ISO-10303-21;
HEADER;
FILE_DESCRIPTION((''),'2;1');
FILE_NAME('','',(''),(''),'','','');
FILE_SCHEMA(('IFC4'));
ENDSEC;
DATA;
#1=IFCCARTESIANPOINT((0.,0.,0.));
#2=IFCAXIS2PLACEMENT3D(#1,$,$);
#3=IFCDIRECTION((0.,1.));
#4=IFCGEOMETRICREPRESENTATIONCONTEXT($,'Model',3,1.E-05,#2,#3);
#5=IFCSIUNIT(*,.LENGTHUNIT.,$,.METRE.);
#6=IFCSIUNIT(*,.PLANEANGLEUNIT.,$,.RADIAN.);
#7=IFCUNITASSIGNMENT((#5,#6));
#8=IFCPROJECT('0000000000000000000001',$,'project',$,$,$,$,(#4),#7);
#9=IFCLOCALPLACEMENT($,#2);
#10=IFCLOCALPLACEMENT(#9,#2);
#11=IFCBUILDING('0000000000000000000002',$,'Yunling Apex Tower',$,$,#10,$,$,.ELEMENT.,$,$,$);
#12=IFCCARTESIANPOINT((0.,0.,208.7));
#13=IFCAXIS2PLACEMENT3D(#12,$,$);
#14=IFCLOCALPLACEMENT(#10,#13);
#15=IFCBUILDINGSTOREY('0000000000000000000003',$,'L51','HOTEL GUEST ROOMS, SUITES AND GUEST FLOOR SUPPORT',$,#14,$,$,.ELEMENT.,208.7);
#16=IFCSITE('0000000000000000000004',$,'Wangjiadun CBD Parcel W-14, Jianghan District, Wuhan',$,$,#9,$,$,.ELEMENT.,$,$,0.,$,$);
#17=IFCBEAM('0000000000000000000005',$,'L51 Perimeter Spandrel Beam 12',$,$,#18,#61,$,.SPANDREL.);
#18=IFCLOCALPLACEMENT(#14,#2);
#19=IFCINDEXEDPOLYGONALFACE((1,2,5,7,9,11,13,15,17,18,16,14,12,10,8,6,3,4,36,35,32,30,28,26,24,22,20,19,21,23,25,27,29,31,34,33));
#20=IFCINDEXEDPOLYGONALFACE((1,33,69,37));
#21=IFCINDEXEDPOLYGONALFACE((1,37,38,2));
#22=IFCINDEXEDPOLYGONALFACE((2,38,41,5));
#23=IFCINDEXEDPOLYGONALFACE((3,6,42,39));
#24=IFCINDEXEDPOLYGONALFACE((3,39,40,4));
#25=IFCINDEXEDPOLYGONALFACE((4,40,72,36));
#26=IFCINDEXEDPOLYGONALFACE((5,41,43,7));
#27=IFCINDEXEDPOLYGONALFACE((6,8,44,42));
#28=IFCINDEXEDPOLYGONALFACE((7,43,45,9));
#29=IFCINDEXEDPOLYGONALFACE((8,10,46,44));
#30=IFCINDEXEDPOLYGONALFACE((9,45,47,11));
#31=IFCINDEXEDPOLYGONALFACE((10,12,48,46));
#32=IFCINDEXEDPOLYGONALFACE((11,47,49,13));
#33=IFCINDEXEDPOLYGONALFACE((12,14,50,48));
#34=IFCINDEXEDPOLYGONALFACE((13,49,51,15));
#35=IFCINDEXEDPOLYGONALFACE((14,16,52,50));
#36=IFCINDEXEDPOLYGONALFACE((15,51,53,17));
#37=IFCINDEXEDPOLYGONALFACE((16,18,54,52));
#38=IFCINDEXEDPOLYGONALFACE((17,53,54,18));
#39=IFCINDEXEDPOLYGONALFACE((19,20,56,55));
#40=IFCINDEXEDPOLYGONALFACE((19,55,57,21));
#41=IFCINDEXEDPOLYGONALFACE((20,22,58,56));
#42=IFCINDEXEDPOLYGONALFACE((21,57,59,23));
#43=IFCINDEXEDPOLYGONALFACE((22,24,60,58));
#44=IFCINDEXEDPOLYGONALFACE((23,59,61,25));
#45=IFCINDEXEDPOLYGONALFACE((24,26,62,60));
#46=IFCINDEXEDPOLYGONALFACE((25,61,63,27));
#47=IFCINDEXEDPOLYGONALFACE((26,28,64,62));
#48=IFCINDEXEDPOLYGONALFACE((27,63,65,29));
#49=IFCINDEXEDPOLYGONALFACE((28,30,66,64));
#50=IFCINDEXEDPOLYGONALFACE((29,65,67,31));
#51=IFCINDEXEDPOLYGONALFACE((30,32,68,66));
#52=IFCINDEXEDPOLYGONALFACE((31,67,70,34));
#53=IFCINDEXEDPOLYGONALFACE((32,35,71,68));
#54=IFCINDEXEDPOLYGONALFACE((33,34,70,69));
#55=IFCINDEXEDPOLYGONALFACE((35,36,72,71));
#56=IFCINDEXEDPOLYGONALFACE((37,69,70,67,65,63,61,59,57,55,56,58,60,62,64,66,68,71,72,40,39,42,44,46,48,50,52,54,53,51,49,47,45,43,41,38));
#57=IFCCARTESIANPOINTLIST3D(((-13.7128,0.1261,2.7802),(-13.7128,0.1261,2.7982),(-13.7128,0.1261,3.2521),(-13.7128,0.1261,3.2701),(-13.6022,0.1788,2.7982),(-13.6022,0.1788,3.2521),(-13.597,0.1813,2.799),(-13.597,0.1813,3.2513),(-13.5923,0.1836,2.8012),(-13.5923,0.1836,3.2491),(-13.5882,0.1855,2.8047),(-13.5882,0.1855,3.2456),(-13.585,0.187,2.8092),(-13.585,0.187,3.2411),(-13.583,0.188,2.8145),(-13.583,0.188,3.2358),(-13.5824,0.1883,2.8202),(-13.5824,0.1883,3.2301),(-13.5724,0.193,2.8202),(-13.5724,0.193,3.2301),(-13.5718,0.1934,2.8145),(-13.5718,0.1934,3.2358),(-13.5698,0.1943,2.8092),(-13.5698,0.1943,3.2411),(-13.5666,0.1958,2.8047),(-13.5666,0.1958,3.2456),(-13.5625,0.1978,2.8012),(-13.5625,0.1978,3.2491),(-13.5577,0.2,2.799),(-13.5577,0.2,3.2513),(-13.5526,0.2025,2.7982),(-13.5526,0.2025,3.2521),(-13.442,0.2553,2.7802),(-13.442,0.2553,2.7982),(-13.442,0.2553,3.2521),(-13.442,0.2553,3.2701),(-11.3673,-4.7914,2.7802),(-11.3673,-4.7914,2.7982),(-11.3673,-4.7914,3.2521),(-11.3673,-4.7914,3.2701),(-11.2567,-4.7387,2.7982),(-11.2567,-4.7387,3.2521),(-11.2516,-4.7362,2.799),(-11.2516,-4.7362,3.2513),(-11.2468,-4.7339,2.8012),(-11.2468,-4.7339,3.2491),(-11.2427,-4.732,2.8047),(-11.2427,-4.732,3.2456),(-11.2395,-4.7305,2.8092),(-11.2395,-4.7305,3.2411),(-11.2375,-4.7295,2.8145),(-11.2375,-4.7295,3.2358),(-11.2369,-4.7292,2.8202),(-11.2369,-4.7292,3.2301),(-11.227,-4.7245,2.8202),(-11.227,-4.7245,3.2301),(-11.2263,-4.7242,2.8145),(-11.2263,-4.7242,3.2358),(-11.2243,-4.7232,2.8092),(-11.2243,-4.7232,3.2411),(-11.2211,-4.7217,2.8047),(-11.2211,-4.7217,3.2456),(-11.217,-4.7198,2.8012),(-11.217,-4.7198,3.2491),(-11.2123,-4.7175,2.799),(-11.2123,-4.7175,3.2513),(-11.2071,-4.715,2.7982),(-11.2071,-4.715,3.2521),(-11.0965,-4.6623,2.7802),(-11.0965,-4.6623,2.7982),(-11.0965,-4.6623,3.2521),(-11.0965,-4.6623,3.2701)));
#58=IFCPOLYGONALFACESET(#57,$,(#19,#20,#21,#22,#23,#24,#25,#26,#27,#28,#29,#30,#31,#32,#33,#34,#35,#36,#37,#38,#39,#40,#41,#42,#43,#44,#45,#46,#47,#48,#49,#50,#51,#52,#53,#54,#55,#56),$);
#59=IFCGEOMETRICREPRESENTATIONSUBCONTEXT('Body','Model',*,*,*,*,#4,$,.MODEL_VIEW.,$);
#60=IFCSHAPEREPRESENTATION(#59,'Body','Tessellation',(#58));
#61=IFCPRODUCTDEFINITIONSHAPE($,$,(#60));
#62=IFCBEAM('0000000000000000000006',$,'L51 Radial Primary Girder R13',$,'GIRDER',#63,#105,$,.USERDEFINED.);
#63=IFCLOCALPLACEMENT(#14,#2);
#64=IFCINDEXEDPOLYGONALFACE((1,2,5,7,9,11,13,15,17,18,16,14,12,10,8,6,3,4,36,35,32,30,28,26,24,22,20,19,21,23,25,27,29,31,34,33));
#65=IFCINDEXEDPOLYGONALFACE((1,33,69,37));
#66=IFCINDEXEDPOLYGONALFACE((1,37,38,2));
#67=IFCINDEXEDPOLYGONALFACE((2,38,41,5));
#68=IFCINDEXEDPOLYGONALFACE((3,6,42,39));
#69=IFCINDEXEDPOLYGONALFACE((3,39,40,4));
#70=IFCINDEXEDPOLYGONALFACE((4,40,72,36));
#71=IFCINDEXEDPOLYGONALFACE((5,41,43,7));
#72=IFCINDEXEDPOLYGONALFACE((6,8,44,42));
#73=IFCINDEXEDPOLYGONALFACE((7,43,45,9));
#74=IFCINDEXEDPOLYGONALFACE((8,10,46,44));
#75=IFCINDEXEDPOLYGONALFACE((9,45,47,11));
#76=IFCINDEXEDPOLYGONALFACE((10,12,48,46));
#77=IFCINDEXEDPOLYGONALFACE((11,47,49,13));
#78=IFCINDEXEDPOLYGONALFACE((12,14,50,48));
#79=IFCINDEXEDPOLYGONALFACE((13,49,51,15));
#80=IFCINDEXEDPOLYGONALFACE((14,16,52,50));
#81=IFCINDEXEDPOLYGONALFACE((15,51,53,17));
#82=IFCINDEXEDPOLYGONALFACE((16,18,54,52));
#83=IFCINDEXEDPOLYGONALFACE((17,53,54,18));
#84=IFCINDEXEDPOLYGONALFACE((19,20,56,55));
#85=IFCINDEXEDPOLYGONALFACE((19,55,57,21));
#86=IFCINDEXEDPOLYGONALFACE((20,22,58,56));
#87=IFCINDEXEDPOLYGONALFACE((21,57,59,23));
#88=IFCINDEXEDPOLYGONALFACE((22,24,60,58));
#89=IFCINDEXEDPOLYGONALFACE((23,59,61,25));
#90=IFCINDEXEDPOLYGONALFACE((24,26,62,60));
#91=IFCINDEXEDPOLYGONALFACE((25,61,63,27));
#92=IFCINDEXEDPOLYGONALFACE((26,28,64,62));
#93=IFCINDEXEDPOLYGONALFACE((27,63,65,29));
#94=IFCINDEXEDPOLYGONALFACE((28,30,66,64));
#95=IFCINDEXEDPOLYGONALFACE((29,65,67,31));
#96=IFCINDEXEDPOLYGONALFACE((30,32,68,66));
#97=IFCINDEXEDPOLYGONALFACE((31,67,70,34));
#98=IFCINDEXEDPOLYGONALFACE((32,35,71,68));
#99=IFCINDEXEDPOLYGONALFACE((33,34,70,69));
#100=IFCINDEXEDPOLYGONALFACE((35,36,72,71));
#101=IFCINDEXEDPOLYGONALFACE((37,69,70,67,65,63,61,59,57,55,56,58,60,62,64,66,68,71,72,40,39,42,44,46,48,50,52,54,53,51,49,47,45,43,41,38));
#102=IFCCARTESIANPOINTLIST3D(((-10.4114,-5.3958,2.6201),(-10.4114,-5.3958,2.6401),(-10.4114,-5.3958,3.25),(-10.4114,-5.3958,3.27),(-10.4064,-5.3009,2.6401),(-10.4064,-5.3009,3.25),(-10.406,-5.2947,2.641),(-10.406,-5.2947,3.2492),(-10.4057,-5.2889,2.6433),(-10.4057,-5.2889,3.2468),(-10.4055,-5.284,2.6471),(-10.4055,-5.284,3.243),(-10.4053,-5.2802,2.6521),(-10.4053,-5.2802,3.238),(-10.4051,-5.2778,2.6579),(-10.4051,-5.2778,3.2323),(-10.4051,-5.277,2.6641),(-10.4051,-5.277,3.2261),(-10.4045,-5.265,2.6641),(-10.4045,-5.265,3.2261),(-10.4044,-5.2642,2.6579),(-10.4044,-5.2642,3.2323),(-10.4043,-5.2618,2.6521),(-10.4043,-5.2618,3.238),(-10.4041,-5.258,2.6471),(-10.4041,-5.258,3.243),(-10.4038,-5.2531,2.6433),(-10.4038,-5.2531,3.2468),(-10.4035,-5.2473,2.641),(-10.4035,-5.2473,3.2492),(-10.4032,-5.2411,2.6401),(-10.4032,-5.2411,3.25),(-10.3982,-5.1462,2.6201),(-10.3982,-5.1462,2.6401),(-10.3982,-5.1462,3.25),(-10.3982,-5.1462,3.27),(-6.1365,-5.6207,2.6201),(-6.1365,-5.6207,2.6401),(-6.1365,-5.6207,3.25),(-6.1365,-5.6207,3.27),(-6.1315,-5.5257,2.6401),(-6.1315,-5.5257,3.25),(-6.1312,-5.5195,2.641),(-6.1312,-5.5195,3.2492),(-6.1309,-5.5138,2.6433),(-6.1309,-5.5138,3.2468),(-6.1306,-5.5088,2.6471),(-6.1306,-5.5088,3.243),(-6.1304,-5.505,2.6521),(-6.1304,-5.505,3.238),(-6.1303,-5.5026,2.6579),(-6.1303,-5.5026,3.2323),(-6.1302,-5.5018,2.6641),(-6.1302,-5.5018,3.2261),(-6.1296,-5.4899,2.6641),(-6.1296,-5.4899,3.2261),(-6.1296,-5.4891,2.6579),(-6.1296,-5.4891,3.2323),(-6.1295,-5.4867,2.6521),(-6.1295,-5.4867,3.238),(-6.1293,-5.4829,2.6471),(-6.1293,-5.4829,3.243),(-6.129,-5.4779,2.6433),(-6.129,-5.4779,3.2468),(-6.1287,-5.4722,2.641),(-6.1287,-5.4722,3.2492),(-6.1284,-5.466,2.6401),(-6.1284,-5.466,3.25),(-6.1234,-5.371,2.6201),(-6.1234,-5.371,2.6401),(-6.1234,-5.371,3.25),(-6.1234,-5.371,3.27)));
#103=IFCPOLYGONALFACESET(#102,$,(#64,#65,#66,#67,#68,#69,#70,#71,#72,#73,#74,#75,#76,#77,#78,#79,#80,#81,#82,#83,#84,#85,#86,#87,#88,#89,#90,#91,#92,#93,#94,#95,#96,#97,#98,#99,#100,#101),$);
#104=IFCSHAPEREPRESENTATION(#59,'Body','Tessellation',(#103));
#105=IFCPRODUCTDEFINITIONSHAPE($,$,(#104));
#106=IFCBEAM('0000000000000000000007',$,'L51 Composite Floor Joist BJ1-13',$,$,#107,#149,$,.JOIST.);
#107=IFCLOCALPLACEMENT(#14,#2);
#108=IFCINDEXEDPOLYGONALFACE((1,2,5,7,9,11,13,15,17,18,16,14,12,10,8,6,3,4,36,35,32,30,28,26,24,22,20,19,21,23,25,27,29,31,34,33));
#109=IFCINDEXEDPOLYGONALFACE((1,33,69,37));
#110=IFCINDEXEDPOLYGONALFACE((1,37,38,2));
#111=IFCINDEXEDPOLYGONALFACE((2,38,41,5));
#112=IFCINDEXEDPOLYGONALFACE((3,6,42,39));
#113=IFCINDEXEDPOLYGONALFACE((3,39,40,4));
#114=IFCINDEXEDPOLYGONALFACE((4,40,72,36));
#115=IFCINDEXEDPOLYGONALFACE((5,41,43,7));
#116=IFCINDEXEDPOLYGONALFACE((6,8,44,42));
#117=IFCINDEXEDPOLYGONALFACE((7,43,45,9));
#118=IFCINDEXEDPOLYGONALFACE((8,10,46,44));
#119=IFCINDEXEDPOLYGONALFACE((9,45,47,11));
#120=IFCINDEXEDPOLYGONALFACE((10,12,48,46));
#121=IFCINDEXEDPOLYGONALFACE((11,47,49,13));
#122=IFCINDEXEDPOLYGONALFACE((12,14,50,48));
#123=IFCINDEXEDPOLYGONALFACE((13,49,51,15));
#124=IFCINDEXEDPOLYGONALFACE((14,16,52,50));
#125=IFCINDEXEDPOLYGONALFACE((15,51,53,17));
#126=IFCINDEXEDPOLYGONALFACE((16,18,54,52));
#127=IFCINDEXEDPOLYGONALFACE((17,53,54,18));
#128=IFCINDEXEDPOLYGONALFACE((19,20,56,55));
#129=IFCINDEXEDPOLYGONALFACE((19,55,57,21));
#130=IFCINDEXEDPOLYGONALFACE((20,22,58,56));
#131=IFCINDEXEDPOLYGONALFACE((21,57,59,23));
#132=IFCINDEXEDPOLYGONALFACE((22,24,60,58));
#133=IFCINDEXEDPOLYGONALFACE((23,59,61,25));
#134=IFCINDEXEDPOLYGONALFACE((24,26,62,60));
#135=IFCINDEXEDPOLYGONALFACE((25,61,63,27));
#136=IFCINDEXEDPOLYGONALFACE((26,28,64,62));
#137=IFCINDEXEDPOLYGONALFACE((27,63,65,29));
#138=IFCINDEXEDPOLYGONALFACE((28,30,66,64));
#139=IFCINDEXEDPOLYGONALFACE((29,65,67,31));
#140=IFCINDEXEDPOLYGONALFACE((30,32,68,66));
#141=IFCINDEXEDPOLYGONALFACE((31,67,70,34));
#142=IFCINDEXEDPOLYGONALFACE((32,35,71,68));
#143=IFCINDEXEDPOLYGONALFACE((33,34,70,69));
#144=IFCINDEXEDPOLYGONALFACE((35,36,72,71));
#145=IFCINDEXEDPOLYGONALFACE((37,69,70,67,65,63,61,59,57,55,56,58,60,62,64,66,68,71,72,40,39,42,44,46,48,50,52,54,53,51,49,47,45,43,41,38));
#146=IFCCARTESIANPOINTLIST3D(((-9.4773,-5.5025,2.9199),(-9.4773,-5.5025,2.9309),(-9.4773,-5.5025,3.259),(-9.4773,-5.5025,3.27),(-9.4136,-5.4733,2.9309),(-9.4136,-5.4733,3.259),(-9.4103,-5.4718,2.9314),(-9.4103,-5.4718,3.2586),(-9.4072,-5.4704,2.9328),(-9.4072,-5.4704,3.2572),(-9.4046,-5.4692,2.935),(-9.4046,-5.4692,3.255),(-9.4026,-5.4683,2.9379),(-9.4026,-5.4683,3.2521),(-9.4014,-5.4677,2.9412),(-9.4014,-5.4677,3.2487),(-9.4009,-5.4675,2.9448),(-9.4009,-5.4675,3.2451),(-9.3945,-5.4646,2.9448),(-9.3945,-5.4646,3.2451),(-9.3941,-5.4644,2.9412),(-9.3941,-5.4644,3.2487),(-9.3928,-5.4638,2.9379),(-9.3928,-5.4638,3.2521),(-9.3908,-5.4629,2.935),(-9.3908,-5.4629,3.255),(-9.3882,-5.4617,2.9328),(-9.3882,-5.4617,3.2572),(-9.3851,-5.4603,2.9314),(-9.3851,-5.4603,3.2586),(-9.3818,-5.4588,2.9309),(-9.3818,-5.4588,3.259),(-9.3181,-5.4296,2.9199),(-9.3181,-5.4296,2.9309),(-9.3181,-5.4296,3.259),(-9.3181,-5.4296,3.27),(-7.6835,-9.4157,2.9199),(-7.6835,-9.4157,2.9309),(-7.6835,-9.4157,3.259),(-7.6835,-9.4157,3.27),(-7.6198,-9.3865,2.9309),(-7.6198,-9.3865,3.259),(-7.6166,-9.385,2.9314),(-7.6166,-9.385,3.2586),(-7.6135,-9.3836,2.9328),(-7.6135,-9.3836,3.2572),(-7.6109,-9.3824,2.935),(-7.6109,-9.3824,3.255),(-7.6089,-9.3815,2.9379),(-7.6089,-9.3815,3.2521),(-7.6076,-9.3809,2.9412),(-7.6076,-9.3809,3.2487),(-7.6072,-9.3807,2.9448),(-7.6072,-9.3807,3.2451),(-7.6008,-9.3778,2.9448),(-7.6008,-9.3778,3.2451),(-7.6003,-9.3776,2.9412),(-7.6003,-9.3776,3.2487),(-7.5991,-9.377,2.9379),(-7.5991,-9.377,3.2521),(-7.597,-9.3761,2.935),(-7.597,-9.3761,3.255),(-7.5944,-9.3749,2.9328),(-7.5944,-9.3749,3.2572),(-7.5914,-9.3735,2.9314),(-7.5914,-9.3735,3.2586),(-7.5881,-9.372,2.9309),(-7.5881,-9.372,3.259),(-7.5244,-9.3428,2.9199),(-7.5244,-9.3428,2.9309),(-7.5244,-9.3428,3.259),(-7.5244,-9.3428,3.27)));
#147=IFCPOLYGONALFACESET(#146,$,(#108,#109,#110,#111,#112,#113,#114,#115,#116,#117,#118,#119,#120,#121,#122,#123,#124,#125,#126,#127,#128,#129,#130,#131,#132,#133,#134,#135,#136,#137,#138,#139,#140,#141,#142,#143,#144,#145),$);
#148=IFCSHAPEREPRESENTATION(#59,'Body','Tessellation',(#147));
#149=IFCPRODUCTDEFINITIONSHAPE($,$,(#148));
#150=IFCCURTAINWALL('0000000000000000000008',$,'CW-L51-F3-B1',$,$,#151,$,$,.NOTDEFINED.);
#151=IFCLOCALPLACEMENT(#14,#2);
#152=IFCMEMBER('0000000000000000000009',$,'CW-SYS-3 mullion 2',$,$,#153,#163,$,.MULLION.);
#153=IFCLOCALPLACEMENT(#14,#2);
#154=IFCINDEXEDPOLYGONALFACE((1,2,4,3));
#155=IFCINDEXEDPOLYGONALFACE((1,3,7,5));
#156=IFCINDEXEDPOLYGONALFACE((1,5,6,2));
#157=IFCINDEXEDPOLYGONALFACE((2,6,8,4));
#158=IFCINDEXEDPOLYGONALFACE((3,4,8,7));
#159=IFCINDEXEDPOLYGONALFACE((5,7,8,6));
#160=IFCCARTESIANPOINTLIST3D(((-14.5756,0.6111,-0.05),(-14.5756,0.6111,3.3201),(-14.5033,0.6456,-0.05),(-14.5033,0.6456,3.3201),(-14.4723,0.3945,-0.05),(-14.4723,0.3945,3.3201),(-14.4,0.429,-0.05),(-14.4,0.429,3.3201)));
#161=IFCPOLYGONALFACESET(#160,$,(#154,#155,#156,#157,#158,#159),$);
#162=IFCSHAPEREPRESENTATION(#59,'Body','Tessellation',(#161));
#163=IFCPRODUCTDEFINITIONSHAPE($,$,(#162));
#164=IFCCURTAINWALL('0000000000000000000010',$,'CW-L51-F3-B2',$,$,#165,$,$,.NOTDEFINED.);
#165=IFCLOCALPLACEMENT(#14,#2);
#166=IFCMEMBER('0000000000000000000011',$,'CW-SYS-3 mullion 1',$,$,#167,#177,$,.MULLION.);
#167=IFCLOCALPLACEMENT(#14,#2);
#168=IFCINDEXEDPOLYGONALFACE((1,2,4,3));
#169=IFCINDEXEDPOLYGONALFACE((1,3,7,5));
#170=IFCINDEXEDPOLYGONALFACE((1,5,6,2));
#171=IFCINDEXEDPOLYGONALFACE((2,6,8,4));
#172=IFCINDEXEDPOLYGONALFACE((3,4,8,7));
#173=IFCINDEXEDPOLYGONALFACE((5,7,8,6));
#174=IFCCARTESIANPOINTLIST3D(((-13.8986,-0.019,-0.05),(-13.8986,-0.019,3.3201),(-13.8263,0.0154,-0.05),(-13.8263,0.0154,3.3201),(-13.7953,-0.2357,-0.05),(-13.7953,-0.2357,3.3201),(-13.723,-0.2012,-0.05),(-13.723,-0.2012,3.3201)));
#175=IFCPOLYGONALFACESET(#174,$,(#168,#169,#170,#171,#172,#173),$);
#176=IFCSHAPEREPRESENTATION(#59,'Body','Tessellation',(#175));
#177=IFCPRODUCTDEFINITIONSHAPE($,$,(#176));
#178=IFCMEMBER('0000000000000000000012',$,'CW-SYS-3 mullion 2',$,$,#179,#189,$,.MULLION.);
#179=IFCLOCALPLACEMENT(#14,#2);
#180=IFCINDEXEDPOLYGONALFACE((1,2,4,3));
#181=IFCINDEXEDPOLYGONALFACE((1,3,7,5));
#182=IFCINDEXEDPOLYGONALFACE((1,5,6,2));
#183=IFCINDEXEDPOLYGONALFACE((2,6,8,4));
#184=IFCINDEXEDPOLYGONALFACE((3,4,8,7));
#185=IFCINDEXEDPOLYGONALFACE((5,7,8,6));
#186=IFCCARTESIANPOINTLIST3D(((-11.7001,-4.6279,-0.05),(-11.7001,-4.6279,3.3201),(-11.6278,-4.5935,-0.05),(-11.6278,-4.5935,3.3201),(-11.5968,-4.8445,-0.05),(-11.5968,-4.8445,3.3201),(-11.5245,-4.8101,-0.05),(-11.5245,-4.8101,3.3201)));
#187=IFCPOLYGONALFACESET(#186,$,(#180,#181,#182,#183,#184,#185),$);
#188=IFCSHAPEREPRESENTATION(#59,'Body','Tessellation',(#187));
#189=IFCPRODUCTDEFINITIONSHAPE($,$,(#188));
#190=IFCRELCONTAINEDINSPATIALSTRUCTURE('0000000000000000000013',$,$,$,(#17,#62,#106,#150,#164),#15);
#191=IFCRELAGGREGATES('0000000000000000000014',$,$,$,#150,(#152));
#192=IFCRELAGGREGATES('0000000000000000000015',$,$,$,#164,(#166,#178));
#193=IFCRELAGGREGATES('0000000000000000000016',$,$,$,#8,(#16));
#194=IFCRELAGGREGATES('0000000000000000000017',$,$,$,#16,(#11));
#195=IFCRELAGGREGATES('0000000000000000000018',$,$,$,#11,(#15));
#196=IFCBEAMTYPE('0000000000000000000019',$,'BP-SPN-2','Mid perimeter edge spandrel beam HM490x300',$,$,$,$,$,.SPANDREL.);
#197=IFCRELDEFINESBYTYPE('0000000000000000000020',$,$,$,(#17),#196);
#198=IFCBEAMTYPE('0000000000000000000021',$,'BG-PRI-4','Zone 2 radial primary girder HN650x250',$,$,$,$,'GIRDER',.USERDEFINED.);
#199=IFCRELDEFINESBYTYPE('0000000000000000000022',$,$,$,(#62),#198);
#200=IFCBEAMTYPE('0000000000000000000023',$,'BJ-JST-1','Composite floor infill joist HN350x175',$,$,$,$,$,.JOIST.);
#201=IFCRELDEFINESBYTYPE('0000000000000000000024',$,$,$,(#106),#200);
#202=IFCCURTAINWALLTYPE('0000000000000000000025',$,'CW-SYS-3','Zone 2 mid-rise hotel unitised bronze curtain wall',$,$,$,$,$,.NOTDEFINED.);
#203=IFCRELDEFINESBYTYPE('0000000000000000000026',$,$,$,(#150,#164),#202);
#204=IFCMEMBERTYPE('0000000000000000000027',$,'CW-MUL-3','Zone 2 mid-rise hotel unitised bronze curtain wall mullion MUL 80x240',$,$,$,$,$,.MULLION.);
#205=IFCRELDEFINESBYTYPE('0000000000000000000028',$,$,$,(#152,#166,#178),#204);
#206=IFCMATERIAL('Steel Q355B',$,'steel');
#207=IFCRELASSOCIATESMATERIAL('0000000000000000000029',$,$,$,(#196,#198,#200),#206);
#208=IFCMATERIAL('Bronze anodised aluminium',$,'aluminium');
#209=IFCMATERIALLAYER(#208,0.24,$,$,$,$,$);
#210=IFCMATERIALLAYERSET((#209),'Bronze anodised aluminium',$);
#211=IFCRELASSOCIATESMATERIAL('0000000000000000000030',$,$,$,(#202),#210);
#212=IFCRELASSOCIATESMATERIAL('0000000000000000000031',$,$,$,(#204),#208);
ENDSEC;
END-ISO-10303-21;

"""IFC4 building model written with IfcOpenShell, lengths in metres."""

from ifc_helpers import new_model, si_unit, direction, frame, origin, origin_2d, place, context, subcontext, project, spatial, rectangle, i_section, extrude, source, transform, mapped, material, layer, layer_set, material_profile, profile_set, type_object, element, aggregate, save


model = new_model("IFC4")

# Units and contexts
model_context = context("Model", 3, precision=1e-05, world=origin(), true_north=direction((0.0, 1.0)))
body_context = subcontext(model_context, "Body", "Model", "MODEL_VIEW")
ifc_project = project(units=[si_unit("LENGTHUNIT", "METRE"), si_unit("PLANEANGLEUNIT", "RADIAN")], contexts=[model_context])

# Site, building, storey
site_placement = place(None, origin())
site = spatial("IfcSite", under=ifc_project, at=site_placement, Name="Wangjiadun CBD Parcel W-14, Jianghan District, Wuhan", CompositionType="ELEMENT", RefElevation=0.0)
building_placement = place(site_placement, origin())
building = spatial("IfcBuilding", under=site, at=building_placement, Name="Yunling Apex Tower", CompositionType="ELEMENT")
storey_placement = place(building_placement, frame((0.0, 0.0, 208.7)))
storey = spatial("IfcBuildingStorey", under=building, at=storey_placement, Name="L51", Description="HOTEL GUEST ROOMS, SUITES AND GUEST FLOOR SUPPORT", CompositionType="ELEMENT", Elevation=208.7)

# Beams
ifc_material_1 = material(Name="Steel Q355B", Category="steel")
ifc_material_profile_1 = material_profile(ifc_material_1, i_section(OverallWidth=0.3, OverallDepth=0.49, WebThickness=0.011, FlangeThickness=0.0181, FilletRadius=0.022, at=origin_2d()))
ifc_profile_set_1 = profile_set([ifc_material_profile_1], Name="Steel Q355B")
beam_type_1 = type_object("IfcBeamType", Name="BP-SPN-2", Description="Mid perimeter edge spandrel beam HM490x300", PredefinedType="SPANDREL", material=ifc_profile_set_1)
shared_shape_1 = source(origin(), body_context, "Body", "SweptSolid", [
    extrude(i_section(OverallWidth=0.3, OverallDepth=0.49, WebThickness=0.011, FlangeThickness=0.0181, FilletRadius=0.022, at=origin_2d()), origin(), (0.0, 0.0, 1.0), 5.4482),
])
beam_1_placement = place(storey_placement, frame((-13.5774, 0.1907, 3.0251), z_axis=(0.430502, -0.902589, 0.0), x_axis=(0.902589, 0.430502, 0.0)))
element("IfcBeam", 1, at=beam_1_placement, inside=storey, type_object=beam_type_1, Name="L51 Perimeter Spandrel Beam 12", PredefinedType="SPANDREL", context=body_context, shape_type="MappedRepresentation", body=[
    mapped(shared_shape_1, transform((0.0, 0.0, 0.0), scale=1.0)),
])
ifc_material_profile_2 = material_profile(ifc_material_1, i_section(OverallWidth=0.25, OverallDepth=0.6499, WebThickness=0.012, FlangeThickness=0.02, FilletRadius=0.0239, at=origin_2d()))
ifc_profile_set_2 = profile_set([ifc_material_profile_2], Name="Steel Q355B")
beam_type_2 = type_object("IfcBeamType", Name="BG-PRI-4", Description="Zone 2 radial primary girder HN650x250", ElementType="GIRDER", PredefinedType="USERDEFINED", material=ifc_profile_set_2)
shared_shape_2 = source(origin(), body_context, "Body", "SweptSolid", [
    extrude(i_section(OverallWidth=0.25, OverallDepth=0.6499, WebThickness=0.012, FlangeThickness=0.02, FilletRadius=0.0239, at=origin_2d()), origin(), (0.0, 0.0, 1.0), 4.2808),
])
beam_2_placement = place(storey_placement, frame((-10.4048, -5.271, 2.9451), z_axis=(0.99862, -0.052526, 0.0), x_axis=(0.052526, 0.99862, 0.0)))
element("IfcBeam", 2, at=beam_2_placement, inside=storey, type_object=beam_type_2, Name="L51 Radial Primary Girder R13", ObjectType="GIRDER", PredefinedType="USERDEFINED", context=body_context, shape_type="MappedRepresentation", body=[
    mapped(shared_shape_2, transform((0.0, 0.0, 0.0), scale=1.0)),
])
ifc_material_profile_3 = material_profile(ifc_material_1, i_section(OverallWidth=0.175, OverallDepth=0.3501, WebThickness=0.0071, FlangeThickness=0.011, FilletRadius=0.0139, at=origin_2d()))
ifc_profile_set_3 = profile_set([ifc_material_profile_3], Name="Steel Q355B")
beam_type_3 = type_object("IfcBeamType", Name="BJ-JST-1", Description="Composite floor infill joist HN350x175", PredefinedType="JOIST", material=ifc_profile_set_3)
shared_shape_3 = source(origin(), body_context, "Body", "SweptSolid", [
    extrude(i_section(OverallWidth=0.175, OverallDepth=0.3501, WebThickness=0.0071, FlangeThickness=0.011, FilletRadius=0.0139, at=origin_2d()), origin(), (0.0, 0.0, 1.0), 4.3047),
])
beam_3_placement = place(storey_placement, frame((-9.3977, -5.4661, 3.095), z_axis=(0.416694, -0.909047, 0.0), x_axis=(0.909047, 0.416694, 0.0)))
element("IfcBeam", 3, at=beam_3_placement, inside=storey, type_object=beam_type_3, Name="L51 Composite Floor Joist BJ1-13", PredefinedType="JOIST", context=body_context, shape_type="MappedRepresentation", body=[
    mapped(shared_shape_3, transform((0.0, 0.0, 0.0), scale=1.0)),
])

# Curtain wall, member
ifc_material_2 = material(Name="Bronze anodised aluminium", Category="aluminium")
ifc_layer_1 = layer(ifc_material_2, 0.24)
ifc_layer_set_1 = layer_set([ifc_layer_1], Name="Bronze anodised aluminium")
curtain_wall_type = type_object("IfcCurtainWallType", Name="CW-SYS-3", Description="Zone 2 mid-rise hotel unitised bronze curtain wall", PredefinedType="NOTDEFINED", material=ifc_layer_set_1)
curtain_wall_1_placement = place(storey_placement, origin())
curtain_wall_1 = element("IfcCurtainWall", 4, at=curtain_wall_1_placement, inside=storey, type_object=curtain_wall_type, Name="CW-L51-F3-B1", PredefinedType="NOTDEFINED")
ifc_material_profile_4 = material_profile(ifc_material_2, rectangle(XDim=0.0801, YDim=0.24, at=origin_2d()))
ifc_profile_set_4 = profile_set([ifc_material_profile_4], Name="Bronze anodised aluminium")
member_type_1 = type_object("IfcMemberType", Name="CW-MUL-3", Description="Zone 2 mid-rise hotel unitised bronze curtain wall mullion MUL 80x240", PredefinedType="MULLION", material=ifc_profile_set_4)
shared_shape_4 = source(origin(), body_context, "Body", "SweptSolid", [
    extrude(rectangle(XDim=0.0801, YDim=0.24, at=origin_2d()), origin(), (0.0, 0.0, 1.0), 3.3701),
])
member_1_placement = place(storey_placement, frame((-14.4878, 0.52, -0.05), z_axis=(0.0, 0.0, 1.0), x_axis=(0.902582, 0.430518, 0.0)))
member_1 = element("IfcMember", 5, at=member_1_placement, type_object=member_type_1, Name="CW-SYS-3 mullion 2", PredefinedType="MULLION", context=body_context, shape_type="MappedRepresentation", body=[
    mapped(shared_shape_4, transform((0.0, 0.0, 0.0), scale=1.0)),
])
aggregate(curtain_wall_1, [member_1])

# Curtain wall, members
curtain_wall_2_placement = place(storey_placement, origin())
curtain_wall_2 = element("IfcCurtainWall", 6, at=curtain_wall_2_placement, inside=storey, type_object=curtain_wall_type, Name="CW-L51-F3-B2", PredefinedType="NOTDEFINED")
member_2_placement = place(storey_placement, frame((-13.8108, -0.1101, -0.05), z_axis=(0.0, 0.0, 1.0), x_axis=(0.902583, 0.430516, 0.0)))
member_2 = element("IfcMember", 7, at=member_2_placement, type_object=member_type_1, Name="CW-SYS-3 mullion 1", PredefinedType="MULLION", context=body_context, shape_type="MappedRepresentation", body=[
    mapped(shared_shape_4, transform((0.0, 0.0, 0.0), scale=1.0)),
])
member_3_placement = place(storey_placement, frame((-11.6123, -4.719, -0.05), z_axis=(0.0, 0.0, 1.0), x_axis=(0.902583, 0.430516, 0.0)))
member_3 = element("IfcMember", 8, at=member_3_placement, type_object=member_type_1, Name="CW-SYS-3 mullion 2", PredefinedType="MULLION", context=body_context, shape_type="MappedRepresentation", body=[
    mapped(shared_shape_4, transform((0.0, 0.0, 0.0), scale=1.0)),
])
aggregate(curtain_wall_2, [member_2, member_3])

save(model, "model.ifc")
